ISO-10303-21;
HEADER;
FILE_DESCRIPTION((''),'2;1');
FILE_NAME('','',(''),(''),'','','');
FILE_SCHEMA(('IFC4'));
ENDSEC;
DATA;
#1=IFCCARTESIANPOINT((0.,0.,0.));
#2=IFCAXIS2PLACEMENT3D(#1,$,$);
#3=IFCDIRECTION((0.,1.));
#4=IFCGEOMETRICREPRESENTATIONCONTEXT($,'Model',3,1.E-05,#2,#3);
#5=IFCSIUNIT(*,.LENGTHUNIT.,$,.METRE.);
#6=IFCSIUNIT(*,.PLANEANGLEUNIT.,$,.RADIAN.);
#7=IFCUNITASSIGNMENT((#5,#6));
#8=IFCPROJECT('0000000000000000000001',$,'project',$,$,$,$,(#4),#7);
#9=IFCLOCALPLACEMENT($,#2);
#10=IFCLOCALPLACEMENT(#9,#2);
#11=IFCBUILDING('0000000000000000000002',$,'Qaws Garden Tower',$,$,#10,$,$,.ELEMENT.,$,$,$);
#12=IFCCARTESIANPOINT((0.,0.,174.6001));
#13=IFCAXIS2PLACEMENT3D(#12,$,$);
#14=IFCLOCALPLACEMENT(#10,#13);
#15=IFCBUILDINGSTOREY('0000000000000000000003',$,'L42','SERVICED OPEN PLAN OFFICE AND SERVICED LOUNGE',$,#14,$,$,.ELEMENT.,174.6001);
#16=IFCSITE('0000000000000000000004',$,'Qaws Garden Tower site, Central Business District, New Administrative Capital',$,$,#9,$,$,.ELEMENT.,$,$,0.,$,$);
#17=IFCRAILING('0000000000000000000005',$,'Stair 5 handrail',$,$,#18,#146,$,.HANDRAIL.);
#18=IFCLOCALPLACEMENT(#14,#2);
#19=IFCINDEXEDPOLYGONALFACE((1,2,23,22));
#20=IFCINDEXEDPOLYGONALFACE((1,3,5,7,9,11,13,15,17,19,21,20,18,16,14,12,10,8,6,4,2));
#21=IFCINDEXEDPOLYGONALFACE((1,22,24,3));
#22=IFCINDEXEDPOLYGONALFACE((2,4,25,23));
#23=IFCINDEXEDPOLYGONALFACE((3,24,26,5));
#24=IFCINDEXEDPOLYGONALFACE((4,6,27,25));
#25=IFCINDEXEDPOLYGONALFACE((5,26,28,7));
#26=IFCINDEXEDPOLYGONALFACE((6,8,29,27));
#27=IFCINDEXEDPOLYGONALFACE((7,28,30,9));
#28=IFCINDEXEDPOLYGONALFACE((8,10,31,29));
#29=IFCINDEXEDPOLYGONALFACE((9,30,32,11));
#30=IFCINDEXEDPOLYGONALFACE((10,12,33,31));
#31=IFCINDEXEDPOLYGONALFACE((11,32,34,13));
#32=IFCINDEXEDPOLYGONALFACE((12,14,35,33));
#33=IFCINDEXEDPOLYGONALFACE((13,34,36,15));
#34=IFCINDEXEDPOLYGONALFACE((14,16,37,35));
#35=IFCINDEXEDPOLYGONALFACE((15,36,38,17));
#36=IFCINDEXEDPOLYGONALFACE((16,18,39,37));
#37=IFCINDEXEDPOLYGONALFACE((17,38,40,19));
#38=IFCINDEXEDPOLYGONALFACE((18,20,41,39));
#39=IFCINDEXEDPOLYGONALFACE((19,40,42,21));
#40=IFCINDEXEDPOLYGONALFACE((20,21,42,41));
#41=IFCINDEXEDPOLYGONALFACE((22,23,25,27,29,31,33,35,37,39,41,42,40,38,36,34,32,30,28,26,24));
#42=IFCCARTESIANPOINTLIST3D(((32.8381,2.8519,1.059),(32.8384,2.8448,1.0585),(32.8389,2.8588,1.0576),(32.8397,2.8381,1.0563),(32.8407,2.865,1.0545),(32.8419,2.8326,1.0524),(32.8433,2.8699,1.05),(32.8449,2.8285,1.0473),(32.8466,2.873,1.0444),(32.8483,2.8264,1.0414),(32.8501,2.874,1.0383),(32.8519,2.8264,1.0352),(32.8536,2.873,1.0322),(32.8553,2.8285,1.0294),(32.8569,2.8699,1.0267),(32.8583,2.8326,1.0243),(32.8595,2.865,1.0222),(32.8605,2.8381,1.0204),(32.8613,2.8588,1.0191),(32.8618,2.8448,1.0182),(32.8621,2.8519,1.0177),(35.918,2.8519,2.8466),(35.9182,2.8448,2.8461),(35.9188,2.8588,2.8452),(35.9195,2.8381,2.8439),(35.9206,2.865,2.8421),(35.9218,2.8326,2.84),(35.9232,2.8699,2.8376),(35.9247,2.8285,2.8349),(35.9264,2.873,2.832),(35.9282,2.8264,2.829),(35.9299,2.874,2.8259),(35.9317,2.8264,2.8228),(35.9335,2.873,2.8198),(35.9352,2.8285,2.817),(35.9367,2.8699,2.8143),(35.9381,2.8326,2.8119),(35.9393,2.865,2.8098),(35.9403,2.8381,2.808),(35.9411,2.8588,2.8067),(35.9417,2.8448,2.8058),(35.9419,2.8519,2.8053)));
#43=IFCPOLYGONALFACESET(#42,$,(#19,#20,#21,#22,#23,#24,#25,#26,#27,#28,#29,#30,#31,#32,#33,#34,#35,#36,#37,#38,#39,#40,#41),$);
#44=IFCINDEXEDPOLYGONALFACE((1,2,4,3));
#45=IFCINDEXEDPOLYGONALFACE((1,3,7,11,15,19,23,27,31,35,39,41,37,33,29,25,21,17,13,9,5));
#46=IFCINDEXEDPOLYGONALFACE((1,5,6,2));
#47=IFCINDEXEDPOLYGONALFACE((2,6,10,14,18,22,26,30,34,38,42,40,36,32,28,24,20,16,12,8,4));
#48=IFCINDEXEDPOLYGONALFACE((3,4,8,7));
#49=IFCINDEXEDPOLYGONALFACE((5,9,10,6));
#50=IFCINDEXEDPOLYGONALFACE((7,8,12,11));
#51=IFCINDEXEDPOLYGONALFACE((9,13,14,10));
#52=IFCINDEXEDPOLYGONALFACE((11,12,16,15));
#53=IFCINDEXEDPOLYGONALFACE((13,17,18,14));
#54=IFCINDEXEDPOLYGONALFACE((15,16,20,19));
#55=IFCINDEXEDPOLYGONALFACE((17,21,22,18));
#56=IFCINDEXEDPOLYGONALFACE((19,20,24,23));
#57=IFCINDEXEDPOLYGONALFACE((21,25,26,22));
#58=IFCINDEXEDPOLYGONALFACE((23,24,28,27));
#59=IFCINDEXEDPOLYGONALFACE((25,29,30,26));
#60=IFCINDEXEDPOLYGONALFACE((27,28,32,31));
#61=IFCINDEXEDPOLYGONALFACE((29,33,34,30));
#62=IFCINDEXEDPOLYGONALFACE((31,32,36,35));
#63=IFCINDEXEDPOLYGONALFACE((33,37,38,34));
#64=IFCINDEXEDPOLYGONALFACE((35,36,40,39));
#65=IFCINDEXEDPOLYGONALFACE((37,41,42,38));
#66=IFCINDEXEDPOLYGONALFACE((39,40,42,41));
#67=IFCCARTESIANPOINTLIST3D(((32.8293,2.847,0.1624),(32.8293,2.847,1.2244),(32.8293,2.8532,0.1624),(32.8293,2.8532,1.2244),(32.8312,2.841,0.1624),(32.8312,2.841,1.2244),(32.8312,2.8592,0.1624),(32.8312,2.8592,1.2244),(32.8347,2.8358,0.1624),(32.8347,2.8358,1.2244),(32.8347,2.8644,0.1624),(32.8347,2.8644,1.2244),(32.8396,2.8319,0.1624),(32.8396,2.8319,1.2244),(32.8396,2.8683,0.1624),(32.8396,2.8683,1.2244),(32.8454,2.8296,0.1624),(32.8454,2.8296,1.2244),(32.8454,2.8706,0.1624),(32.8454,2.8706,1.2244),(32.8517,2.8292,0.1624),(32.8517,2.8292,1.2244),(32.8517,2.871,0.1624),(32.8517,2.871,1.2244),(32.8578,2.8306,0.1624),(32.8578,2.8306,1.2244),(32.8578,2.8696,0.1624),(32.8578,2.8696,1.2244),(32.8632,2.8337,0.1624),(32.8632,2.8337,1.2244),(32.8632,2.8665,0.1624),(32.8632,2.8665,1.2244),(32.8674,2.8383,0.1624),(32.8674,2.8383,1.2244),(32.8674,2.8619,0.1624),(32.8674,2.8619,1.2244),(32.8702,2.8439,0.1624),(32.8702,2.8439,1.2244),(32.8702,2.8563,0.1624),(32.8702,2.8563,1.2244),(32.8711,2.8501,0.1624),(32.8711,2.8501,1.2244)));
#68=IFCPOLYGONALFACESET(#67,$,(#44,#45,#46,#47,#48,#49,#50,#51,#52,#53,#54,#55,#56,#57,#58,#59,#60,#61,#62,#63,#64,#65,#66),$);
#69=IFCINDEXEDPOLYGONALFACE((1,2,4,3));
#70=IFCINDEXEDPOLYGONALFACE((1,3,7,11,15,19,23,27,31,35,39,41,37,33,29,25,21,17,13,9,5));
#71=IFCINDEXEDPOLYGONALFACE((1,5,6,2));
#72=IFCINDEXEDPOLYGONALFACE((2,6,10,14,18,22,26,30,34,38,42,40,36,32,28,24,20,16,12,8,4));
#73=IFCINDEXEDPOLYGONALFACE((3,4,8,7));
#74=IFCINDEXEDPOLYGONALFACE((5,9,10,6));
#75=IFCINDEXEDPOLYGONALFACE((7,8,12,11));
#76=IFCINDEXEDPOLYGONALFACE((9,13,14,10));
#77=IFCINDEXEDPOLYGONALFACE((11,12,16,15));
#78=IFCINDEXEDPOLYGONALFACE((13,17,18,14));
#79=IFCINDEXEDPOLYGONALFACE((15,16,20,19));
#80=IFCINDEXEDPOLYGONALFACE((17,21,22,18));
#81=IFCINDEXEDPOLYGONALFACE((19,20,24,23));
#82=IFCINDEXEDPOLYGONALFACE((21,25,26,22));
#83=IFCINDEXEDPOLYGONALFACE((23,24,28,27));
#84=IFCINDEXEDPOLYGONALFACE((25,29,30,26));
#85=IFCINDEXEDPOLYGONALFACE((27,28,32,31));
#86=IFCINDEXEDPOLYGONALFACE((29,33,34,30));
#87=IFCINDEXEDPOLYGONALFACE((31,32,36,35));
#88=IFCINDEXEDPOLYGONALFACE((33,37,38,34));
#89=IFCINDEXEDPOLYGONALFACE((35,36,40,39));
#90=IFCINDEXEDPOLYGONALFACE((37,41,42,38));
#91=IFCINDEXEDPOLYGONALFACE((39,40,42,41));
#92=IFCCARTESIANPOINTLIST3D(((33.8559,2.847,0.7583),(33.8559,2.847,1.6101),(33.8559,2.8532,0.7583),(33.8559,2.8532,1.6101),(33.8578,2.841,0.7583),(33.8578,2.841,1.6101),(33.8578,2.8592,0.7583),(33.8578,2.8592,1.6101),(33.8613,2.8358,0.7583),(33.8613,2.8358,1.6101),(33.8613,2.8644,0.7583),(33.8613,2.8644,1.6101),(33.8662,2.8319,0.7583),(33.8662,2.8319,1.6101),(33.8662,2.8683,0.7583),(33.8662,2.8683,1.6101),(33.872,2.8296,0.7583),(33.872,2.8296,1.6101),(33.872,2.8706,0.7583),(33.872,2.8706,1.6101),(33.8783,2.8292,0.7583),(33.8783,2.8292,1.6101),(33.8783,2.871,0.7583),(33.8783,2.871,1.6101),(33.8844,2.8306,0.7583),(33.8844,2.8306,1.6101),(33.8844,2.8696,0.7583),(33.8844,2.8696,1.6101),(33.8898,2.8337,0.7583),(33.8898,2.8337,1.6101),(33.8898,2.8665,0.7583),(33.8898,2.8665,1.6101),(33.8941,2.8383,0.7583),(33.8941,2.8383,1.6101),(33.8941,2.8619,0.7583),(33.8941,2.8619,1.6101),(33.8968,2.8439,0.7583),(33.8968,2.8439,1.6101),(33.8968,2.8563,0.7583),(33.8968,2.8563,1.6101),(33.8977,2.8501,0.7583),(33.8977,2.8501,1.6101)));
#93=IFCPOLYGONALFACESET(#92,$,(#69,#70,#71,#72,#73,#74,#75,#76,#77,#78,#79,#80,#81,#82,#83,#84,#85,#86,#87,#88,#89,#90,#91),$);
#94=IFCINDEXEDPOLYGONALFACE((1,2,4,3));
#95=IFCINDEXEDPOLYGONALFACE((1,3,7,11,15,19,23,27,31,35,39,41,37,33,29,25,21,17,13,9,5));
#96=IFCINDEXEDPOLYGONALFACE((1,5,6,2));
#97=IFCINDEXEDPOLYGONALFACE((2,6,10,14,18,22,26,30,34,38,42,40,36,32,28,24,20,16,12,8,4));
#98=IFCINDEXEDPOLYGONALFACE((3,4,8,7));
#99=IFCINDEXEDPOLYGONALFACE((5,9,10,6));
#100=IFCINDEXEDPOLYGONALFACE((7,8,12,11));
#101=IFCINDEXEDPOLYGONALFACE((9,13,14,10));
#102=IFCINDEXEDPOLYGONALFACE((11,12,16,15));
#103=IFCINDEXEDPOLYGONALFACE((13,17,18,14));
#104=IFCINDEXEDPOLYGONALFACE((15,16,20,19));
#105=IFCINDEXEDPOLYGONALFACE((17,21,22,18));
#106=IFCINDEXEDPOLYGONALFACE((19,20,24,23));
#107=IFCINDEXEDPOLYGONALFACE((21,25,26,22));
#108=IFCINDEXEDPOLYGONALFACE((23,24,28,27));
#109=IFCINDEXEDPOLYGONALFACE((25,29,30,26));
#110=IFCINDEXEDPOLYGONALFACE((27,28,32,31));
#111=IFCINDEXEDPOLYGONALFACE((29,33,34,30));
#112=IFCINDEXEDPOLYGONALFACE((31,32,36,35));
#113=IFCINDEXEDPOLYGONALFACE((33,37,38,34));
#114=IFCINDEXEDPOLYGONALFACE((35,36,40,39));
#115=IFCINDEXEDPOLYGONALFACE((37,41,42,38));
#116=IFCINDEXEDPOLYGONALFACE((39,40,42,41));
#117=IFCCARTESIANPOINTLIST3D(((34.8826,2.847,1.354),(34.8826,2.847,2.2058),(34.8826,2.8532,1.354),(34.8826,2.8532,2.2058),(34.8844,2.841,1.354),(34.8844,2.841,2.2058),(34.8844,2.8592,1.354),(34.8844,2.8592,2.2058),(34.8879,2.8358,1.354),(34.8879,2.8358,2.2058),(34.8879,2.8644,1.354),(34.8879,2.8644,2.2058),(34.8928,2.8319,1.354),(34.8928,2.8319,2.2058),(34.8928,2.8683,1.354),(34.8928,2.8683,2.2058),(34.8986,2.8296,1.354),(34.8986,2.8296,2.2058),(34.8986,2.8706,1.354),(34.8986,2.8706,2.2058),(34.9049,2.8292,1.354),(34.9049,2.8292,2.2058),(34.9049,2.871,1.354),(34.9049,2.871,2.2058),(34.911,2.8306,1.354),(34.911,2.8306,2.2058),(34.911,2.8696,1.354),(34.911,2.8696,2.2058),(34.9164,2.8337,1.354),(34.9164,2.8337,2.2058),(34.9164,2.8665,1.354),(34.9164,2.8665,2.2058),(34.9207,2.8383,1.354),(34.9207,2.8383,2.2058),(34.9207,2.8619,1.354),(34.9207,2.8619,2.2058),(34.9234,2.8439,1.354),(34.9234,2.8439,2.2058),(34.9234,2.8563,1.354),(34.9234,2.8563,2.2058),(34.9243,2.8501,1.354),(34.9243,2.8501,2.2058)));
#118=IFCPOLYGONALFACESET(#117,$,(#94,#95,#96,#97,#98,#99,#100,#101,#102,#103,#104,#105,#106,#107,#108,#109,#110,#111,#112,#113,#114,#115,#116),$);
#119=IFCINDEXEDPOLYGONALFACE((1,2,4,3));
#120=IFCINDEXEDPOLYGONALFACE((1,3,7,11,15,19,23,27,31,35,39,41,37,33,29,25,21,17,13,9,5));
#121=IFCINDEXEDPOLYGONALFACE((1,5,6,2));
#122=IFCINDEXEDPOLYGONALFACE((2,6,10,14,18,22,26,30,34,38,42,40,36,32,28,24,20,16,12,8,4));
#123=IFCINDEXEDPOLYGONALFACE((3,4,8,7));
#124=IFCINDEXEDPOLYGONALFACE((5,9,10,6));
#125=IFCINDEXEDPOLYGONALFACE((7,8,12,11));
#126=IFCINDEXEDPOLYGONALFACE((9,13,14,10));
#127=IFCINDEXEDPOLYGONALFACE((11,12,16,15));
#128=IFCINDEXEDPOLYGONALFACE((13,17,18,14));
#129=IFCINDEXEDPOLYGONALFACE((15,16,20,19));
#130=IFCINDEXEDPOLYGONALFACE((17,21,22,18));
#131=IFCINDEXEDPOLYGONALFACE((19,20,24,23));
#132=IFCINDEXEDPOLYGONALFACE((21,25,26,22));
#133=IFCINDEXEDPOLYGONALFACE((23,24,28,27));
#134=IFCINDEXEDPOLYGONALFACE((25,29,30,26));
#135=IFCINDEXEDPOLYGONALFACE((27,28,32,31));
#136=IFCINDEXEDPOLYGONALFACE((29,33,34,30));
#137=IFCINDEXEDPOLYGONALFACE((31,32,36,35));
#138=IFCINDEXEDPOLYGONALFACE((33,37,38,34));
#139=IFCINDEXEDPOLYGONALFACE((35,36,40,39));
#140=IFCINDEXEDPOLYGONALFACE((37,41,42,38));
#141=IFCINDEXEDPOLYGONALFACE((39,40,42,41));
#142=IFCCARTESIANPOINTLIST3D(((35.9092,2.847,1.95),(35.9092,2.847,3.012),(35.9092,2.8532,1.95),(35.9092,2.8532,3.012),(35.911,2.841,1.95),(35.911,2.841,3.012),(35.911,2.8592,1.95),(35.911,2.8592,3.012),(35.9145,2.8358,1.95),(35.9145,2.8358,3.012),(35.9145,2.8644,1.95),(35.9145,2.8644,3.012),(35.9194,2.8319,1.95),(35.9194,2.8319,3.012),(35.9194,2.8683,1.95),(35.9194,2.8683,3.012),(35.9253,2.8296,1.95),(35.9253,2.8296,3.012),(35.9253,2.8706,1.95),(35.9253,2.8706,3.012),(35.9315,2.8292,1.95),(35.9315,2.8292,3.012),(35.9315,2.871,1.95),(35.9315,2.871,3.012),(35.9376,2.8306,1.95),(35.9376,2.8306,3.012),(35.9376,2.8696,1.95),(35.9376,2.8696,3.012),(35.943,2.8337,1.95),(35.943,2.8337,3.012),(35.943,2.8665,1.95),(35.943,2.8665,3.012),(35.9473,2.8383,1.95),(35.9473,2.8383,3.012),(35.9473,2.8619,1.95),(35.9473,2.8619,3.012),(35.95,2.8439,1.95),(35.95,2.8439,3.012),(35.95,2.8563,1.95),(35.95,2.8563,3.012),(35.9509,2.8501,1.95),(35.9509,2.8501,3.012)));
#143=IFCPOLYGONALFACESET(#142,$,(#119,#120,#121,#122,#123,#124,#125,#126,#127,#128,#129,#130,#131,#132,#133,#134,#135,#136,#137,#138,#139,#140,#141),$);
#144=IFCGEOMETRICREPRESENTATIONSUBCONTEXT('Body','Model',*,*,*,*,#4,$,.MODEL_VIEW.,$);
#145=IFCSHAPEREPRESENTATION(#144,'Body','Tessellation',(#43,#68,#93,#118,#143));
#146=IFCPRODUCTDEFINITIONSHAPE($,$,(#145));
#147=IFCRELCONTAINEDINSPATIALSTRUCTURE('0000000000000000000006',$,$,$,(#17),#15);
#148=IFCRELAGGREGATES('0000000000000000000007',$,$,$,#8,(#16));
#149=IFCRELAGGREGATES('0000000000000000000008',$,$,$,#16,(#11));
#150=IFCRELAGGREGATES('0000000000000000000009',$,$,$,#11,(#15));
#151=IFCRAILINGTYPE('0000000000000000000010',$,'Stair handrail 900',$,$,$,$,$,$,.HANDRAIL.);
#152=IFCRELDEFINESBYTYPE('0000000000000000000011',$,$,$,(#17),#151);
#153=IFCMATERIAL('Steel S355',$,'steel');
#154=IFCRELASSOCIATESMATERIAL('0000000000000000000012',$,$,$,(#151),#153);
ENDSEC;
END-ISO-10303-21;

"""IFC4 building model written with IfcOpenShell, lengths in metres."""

from ifc_helpers import new_model, si_unit, direction, frame, origin, origin_2d, place, context, subcontext, project, spatial, circle, extrude, material, type_object, element, save


model = new_model("IFC4")

# Units and contexts
model_context = context("Model", 3, precision=1e-05, world=origin(), true_north=direction((0.0, 1.0)))
body_context = subcontext(model_context, "Body", "Model", "MODEL_VIEW")
ifc_project = project(units=[si_unit("LENGTHUNIT", "METRE"), si_unit("PLANEANGLEUNIT", "RADIAN")], contexts=[model_context])

# Site, building, storey
site_placement = place(None, origin())
site = spatial("IfcSite", under=ifc_project, at=site_placement, Name="Qaws Garden Tower site, Central Business District, New Administrative Capital", CompositionType="ELEMENT", RefElevation=0.0)
building_placement = place(site_placement, origin())
building = spatial("IfcBuilding", under=site, at=building_placement, Name="Qaws Garden Tower", CompositionType="ELEMENT")
storey_placement = place(building_placement, frame((0.0, 0.0, 174.6001)))
storey = spatial("IfcBuildingStorey", under=building, at=storey_placement, Name="L42", Description="SERVICED OPEN PLAN OFFICE AND SERVICED LOUNGE", CompositionType="ELEMENT", Elevation=174.6001)

# Railing
ifc_material_1 = material(Name="Steel S355", Category="steel")
railing_type = type_object("IfcRailingType", Name="Stair handrail 900", PredefinedType="HANDRAIL", material=ifc_material_1)
railing_1_placement = place(storey_placement, frame((32.8501, 2.8501, 0.1624)))
element("IfcRailing", 1, at=railing_1_placement, inside=storey, type_object=railing_type, Name="Stair 5 handrail", PredefinedType="HANDRAIL", context=body_context, shape_type="SweptSolid", body=[
    extrude(circle(Radius=0.0239, at=origin_2d()), frame((0.0, 0.0, 0.876), z_axis=(0.864873, 0.0, 0.50199), x_axis=(0.0, 1.0, 0.0)), (0.0, 0.0, 1.0), 3.561),
    extrude(circle(Radius=0.021, at=origin_2d()), origin(), (0.0, 0.0, 1.0), 1.062),
    extrude(circle(Radius=0.021, at=origin_2d()), frame((1.0266, 0.0, 0.5959)), (0.0, 0.0, 1.0), 0.8518),
    extrude(circle(Radius=0.021, at=origin_2d()), frame((2.0532, 0.0, 1.1917)), (0.0, 0.0, 1.0), 0.8518),
    extrude(circle(Radius=0.021, at=origin_2d()), frame((3.0798, 0.0, 1.7876)), (0.0, 0.0, 1.0), 1.062),
])

save(model, "model.ifc")
